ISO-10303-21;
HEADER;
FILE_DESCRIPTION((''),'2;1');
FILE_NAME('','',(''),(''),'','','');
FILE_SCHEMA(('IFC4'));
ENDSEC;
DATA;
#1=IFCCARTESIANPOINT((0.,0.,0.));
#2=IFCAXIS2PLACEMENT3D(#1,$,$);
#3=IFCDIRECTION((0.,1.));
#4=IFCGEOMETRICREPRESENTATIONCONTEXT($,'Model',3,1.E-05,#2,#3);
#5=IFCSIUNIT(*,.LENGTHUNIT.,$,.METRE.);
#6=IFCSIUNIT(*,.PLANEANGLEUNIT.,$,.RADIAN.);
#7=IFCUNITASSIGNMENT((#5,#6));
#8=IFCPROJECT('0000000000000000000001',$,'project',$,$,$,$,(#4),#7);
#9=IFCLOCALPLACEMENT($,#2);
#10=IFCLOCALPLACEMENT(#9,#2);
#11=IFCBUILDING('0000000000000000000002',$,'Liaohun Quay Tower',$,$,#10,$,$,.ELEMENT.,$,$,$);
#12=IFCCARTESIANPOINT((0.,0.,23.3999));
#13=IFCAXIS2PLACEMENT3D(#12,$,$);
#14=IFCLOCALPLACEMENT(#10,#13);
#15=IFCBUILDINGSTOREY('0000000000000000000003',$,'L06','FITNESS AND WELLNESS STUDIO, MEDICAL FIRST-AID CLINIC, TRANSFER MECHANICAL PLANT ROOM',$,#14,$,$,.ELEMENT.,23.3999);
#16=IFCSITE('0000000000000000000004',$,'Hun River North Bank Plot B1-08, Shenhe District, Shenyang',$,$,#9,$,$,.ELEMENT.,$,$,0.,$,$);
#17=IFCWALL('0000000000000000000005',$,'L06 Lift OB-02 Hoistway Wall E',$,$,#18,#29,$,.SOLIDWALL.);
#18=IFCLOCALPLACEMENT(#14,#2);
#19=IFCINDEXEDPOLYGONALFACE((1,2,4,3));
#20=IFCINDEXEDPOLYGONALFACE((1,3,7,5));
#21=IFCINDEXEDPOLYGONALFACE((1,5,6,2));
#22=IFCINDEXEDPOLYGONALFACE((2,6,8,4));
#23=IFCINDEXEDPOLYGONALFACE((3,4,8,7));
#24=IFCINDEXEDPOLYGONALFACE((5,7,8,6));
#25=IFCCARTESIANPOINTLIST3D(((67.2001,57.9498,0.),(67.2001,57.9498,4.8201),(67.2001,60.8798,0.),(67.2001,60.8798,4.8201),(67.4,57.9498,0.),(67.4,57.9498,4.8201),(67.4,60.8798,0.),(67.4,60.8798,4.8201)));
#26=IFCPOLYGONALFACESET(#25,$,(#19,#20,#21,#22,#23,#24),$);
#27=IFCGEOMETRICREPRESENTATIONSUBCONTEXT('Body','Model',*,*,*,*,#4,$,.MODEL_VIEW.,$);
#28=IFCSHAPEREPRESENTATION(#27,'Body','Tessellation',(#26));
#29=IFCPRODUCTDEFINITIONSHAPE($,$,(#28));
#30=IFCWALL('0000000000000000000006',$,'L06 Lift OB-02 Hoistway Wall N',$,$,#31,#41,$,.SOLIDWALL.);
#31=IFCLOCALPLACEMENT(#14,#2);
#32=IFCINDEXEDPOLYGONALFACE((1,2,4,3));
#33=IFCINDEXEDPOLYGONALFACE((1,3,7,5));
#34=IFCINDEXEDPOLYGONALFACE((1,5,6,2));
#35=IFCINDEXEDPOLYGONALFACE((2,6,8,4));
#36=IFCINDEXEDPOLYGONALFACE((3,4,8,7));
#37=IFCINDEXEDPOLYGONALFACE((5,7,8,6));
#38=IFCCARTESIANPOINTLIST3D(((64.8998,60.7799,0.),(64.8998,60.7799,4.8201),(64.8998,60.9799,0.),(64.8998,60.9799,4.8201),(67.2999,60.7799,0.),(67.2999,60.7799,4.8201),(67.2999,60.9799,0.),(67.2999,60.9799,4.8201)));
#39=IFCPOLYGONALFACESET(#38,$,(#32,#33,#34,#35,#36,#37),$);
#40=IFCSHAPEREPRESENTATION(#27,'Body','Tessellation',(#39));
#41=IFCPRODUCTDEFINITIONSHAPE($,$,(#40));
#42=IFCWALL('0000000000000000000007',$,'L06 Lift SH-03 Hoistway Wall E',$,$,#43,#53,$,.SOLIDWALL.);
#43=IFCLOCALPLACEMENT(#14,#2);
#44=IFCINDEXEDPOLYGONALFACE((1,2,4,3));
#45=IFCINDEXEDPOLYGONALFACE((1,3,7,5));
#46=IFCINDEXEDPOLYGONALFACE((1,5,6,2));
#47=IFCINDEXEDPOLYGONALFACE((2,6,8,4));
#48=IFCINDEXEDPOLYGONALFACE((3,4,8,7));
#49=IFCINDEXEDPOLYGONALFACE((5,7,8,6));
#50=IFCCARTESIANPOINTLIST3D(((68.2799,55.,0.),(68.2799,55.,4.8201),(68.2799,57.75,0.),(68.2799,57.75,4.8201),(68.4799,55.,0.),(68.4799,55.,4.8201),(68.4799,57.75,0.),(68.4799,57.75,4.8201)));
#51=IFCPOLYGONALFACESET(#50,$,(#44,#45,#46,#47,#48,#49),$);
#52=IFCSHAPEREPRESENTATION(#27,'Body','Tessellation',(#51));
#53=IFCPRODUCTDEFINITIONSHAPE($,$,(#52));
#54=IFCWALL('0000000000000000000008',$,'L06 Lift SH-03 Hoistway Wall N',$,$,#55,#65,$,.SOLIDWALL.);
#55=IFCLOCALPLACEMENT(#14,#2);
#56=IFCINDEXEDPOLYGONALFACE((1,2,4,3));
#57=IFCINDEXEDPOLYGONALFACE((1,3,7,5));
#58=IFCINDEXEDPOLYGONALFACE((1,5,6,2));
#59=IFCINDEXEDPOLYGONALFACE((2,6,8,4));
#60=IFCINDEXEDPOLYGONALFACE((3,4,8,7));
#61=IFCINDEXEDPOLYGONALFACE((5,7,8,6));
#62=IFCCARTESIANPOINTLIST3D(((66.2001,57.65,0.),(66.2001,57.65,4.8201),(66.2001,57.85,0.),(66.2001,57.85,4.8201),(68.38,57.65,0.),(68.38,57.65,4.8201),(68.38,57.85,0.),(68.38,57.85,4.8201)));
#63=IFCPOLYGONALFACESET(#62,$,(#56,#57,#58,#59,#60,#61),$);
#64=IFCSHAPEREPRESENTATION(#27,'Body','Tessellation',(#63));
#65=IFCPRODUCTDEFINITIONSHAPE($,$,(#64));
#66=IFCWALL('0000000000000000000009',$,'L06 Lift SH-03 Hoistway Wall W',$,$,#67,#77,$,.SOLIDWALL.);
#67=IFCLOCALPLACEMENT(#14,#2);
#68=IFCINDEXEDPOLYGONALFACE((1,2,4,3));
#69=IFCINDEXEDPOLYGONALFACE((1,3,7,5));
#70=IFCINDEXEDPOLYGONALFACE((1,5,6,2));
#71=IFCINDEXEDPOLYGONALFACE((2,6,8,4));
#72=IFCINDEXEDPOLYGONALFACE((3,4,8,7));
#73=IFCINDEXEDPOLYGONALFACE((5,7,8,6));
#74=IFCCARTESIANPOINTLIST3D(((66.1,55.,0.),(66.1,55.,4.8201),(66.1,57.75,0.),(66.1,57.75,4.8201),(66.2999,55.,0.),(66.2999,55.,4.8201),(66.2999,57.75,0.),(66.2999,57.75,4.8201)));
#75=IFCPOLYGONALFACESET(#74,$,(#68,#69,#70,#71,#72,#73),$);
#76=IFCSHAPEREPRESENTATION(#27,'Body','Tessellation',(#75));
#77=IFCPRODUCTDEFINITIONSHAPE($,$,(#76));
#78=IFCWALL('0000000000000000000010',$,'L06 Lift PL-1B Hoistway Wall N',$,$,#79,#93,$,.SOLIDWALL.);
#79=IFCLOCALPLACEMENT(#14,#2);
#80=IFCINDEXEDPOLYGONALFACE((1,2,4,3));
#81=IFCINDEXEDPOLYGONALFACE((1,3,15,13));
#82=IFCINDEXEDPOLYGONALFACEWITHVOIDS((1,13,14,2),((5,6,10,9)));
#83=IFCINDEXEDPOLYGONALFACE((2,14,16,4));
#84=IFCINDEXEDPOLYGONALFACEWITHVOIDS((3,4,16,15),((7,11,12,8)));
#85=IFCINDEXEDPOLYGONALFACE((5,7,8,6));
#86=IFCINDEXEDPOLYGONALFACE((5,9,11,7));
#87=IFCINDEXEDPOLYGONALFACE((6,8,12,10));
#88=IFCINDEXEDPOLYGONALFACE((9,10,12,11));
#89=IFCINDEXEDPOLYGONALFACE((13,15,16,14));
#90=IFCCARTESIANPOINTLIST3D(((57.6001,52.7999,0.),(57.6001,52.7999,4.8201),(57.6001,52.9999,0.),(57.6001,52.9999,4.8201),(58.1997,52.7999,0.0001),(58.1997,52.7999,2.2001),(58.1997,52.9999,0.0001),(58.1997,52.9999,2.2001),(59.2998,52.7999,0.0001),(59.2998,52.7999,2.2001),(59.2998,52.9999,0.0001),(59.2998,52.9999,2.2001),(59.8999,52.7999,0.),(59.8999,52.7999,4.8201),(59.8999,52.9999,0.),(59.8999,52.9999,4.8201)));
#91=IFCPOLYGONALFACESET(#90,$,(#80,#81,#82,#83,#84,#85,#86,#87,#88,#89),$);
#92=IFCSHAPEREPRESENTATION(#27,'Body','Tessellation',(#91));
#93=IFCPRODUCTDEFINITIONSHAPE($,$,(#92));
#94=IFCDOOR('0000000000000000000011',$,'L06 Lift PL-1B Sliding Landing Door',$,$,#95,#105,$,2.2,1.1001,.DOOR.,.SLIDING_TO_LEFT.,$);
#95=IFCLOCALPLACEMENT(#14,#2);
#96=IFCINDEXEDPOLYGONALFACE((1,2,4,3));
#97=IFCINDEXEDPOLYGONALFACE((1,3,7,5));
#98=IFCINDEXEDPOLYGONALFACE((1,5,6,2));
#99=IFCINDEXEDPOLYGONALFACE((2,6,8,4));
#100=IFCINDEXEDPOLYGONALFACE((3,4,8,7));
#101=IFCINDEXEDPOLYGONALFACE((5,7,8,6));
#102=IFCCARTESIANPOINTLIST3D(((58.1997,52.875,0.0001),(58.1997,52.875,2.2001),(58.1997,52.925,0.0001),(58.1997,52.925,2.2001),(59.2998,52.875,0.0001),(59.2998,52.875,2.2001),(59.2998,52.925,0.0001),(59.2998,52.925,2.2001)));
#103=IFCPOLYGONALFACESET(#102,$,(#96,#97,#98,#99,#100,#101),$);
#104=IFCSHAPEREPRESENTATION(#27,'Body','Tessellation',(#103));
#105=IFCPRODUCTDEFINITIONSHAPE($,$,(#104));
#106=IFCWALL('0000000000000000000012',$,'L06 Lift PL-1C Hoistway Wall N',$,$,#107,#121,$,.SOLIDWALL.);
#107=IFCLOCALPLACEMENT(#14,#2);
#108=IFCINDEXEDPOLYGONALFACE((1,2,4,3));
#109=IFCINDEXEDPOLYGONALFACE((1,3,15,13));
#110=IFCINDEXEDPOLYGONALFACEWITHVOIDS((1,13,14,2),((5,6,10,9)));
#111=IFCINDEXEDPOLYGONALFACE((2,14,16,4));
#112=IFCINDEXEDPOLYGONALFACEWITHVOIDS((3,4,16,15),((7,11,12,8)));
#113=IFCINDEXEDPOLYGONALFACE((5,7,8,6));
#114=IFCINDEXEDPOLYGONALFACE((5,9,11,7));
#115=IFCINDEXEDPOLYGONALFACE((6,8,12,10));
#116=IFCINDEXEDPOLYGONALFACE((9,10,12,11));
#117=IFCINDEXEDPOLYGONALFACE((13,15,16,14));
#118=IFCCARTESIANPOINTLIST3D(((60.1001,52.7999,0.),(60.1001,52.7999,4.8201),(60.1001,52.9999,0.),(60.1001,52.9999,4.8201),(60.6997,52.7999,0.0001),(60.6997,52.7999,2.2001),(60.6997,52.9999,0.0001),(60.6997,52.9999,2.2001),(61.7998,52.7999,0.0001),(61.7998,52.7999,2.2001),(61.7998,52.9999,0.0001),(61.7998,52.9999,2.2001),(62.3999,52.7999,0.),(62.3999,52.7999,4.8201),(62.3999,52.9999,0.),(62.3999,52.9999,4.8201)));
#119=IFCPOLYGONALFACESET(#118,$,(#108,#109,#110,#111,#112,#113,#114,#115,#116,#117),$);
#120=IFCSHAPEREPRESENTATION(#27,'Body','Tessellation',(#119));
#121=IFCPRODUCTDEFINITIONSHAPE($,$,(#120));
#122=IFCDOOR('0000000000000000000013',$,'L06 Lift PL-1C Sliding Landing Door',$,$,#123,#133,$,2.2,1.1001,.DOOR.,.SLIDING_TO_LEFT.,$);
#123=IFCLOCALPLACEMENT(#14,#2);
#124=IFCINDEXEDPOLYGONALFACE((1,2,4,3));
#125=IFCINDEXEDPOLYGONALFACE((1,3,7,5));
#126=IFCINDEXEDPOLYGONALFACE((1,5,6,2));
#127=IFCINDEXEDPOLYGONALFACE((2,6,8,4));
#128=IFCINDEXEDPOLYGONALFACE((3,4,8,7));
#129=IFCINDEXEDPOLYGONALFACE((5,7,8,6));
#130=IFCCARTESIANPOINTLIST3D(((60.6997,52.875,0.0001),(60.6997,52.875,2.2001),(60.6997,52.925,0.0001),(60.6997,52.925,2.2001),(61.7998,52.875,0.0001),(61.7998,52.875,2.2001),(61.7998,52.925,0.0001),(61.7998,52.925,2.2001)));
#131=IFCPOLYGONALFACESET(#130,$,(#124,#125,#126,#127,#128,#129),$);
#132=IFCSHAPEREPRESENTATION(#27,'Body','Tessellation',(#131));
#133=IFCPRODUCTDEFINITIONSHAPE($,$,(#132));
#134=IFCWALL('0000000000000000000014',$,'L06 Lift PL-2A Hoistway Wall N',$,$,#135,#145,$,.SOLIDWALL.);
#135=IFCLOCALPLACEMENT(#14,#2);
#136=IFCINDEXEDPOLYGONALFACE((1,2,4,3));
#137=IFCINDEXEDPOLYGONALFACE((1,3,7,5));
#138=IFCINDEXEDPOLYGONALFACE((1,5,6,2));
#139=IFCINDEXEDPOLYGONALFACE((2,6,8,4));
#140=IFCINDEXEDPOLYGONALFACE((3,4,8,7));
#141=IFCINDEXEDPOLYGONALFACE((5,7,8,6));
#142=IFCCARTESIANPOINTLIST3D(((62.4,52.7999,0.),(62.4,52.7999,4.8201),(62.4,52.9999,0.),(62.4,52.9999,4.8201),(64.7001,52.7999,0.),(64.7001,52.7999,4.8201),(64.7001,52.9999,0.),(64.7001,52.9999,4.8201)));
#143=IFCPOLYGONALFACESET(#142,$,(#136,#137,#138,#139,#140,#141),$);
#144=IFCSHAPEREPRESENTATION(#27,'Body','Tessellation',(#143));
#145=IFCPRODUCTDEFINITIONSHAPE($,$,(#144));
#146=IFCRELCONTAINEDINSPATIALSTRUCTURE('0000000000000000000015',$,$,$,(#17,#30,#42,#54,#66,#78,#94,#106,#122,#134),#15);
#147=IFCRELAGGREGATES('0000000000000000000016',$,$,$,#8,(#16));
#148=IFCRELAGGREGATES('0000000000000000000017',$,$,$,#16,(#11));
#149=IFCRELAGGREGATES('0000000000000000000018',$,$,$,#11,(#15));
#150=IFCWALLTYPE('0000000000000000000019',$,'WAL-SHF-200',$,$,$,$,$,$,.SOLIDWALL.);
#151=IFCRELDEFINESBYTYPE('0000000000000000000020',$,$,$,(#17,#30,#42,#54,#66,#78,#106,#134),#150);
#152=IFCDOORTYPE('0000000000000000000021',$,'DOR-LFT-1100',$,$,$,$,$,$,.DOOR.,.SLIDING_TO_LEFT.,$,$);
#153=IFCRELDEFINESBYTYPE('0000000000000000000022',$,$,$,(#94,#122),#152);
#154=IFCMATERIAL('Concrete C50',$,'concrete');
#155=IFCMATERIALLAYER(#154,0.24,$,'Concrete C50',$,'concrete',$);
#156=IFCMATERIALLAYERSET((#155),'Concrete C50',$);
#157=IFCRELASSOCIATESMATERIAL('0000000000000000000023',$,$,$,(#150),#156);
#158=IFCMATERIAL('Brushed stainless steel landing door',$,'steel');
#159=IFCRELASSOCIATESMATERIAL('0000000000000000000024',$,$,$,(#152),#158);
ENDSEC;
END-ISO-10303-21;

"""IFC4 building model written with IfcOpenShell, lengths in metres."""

from ifc_helpers import new_model, si_unit, direction, frame, frame_2d, origin, place, context, subcontext, project, spatial, rectangle, extrude, source, transform, mapped, material, layer, layer_set, type_object, element, fill, save


model = new_model("IFC4")

# Units and contexts
model_context = context("Model", 3, precision=1e-05, world=origin(), true_north=direction((0.0, 1.0)))
body_context = subcontext(model_context, "Body", "Model", "MODEL_VIEW")
ifc_project = project(units=[si_unit("LENGTHUNIT", "METRE"), si_unit("PLANEANGLEUNIT", "RADIAN")], contexts=[model_context])

# Site, building, storey
site_placement = place(None, origin())
site = spatial("IfcSite", under=ifc_project, at=site_placement, Name="Hun River North Bank Plot B1-08, Shenhe District, Shenyang", CompositionType="ELEMENT", RefElevation=0.0)
building_placement = place(site_placement, origin())
building = spatial("IfcBuilding", under=site, at=building_placement, Name="Liaohun Quay Tower", CompositionType="ELEMENT")
storey_placement = place(building_placement, frame((0.0, 0.0, 23.3999)))
storey = spatial("IfcBuildingStorey", under=building, at=storey_placement, Name="L06", Description="FITNESS AND WELLNESS STUDIO, MEDICAL FIRST-AID CLINIC, TRANSFER MECHANICAL PLANT ROOM", CompositionType="ELEMENT", Elevation=23.3999)

# Walls
ifc_material_1 = material(Name="Concrete C50", Category="concrete")
ifc_layer_1 = layer(ifc_material_1, 0.24, Name="Concrete C50", Category="concrete")
ifc_layer_set_1 = layer_set([ifc_layer_1], Name="Concrete C50")
wall_type_1 = type_object("IfcWallType", Name="WAL-SHF-200", PredefinedType="SOLIDWALL", material=ifc_layer_set_1)
wall_1_placement = place(storey_placement, frame((67.3, 57.95, 0.0), z_axis=(0.0, 0.0, 1.0), x_axis=(0.0, 1.0, 0.0)))
element("IfcWall", 1, at=wall_1_placement, inside=storey, type_object=wall_type_1, Name="L06 Lift OB-02 Hoistway Wall E", PredefinedType="SOLIDWALL", context=body_context, shape_type="SweptSolid", body=[
    extrude(rectangle(XDim=2.9299, YDim=0.2, at=frame_2d((1.4648, 0.0))), origin(), (0.0, 0.0, 1.0), 4.8201),
])
wall_2_placement = place(storey_placement, frame((67.3, 60.8799, 0.0), z_axis=(0.0, 0.0, 1.0), x_axis=(-1.0, 0.0, 0.0)))
element("IfcWall", 2, at=wall_2_placement, inside=storey, type_object=wall_type_1, Name="L06 Lift OB-02 Hoistway Wall N", PredefinedType="SOLIDWALL", context=body_context, shape_type="SweptSolid", body=[
    extrude(rectangle(XDim=2.4001, YDim=0.2, at=frame_2d((1.2002, 0.0))), origin(), (0.0, 0.0, 1.0), 4.8201),
])
wall_3_placement = place(storey_placement, frame((68.3799, 55.0, 0.0), z_axis=(0.0, 0.0, 1.0), x_axis=(0.0, 1.0, 0.0)))
element("IfcWall", 3, at=wall_3_placement, inside=storey, type_object=wall_type_1, Name="L06 Lift SH-03 Hoistway Wall E", PredefinedType="SOLIDWALL", context=body_context, shape_type="SweptSolid", body=[
    extrude(rectangle(XDim=2.75, YDim=0.2, at=frame_2d((1.375, 0.0))), origin(), (0.0, 0.0, 1.0), 4.8201),
])
wall_4_placement = place(storey_placement, frame((68.3799, 57.75, 0.0), z_axis=(0.0, 0.0, 1.0), x_axis=(-1.0, 0.0, 0.0)))
element("IfcWall", 4, at=wall_4_placement, inside=storey, type_object=wall_type_1, Name="L06 Lift SH-03 Hoistway Wall N", PredefinedType="SOLIDWALL", context=body_context, shape_type="SweptSolid", body=[
    extrude(rectangle(XDim=2.1799, YDim=0.2, at=frame_2d((1.0898, 0.0))), origin(), (0.0, 0.0, 1.0), 4.8201),
])
wall_5_placement = place(storey_placement, frame((66.2, 57.75, 0.0), z_axis=(0.0, 0.0, 1.0), x_axis=(0.0, -1.0, 0.0)))
element("IfcWall", 5, at=wall_5_placement, inside=storey, type_object=wall_type_1, Name="L06 Lift SH-03 Hoistway Wall W", PredefinedType="SOLIDWALL", context=body_context, shape_type="SweptSolid", body=[
    extrude(rectangle(XDim=2.75, YDim=0.2, at=frame_2d((1.375, 0.0))), origin(), (0.0, 0.0, 1.0), 4.8201),
])

# Walls, openings, doors
wall_6_placement = place(storey_placement, frame((59.8999, 52.8999, 0.0), z_axis=(0.0, 0.0, 1.0), x_axis=(-1.0, 0.0, 0.0)))
wall_6 = element("IfcWall", 6, at=wall_6_placement, inside=storey, type_object=wall_type_1, Name="L06 Lift PL-1B Hoistway Wall N", PredefinedType="SOLIDWALL", context=body_context, shape_type="SweptSolid", body=[
    extrude(rectangle(XDim=2.2998, YDim=0.2, at=frame_2d((1.1499, 0.0))), origin(), (0.0, 0.0, 1.0), 4.8201),
])
shared_shape_1 = source(origin(), body_context, "Body", "SweptSolid", [
    extrude(rectangle(XDim=1.1001, YDim=2.2, at=frame_2d((0.55, 1.1001))), frame((0.0, 0.1099, 0.0), z_axis=(0.0, -1.0, 0.0), x_axis=(1.0, 0.0, 0.0)), (0.0, 0.0, 1.0), 0.22),
])
opening_1_placement = place(wall_6_placement, frame((0.6001, 0.0, 0.0)))
opening_1 = element("IfcOpeningElement", 7, at=opening_1_placement, cuts=wall_6, PredefinedType="OPENING", context=body_context, shape_type="MappedRepresentation", body=[
    mapped(shared_shape_1, transform((0.0, 0.0, 0.0), x_axis=(1.0, 0.0, 0.0), y_axis=(0.0, 1.0, 0.0), z_axis=(0.0, 0.0, 1.0), scale=1.0)),
])
ifc_material_2 = material(Name="Brushed stainless steel landing door", Category="steel")
door_type_1 = type_object("IfcDoorType", Name="DOR-LFT-1100", OperationType="SLIDING_TO_LEFT", PredefinedType="DOOR", material=ifc_material_2)
shared_shape_2 = source(origin(), body_context, "Body", "SweptSolid", [
    extrude(rectangle(XDim=1.1001, YDim=2.2, at=frame_2d((0.55, 1.1001))), frame((0.0, 0.0249, 0.0), z_axis=(0.0, -1.0, 0.0), x_axis=(1.0, 0.0, 0.0)), (0.0, 0.0, 1.0), 0.05),
])
door_1_placement = place(opening_1_placement, origin())
door_1 = element("IfcDoor", 8, at=door_1_placement, inside=storey, type_object=door_type_1, Name="L06 Lift PL-1B Sliding Landing Door", OperationType="SLIDING_TO_LEFT", OverallHeight=2.2, OverallWidth=1.1001, PredefinedType="DOOR", context=body_context, shape_type="MappedRepresentation", body=[
    mapped(shared_shape_2, transform((0.0, 0.0, 0.0), x_axis=(1.0, 0.0, 0.0), y_axis=(0.0, 1.0, 0.0), z_axis=(0.0, 0.0, 1.0), scale=1.0)),
])
fill(opening_1, door_1)
wall_7_placement = place(storey_placement, frame((62.3999, 52.8999, 0.0), z_axis=(0.0, 0.0, 1.0), x_axis=(-1.0, 0.0, 0.0)))
wall_7 = element("IfcWall", 9, at=wall_7_placement, inside=storey, type_object=wall_type_1, Name="L06 Lift PL-1C Hoistway Wall N", PredefinedType="SOLIDWALL", context=body_context, shape_type="SweptSolid", body=[
    extrude(rectangle(XDim=2.2998, YDim=0.2, at=frame_2d((1.1499, 0.0))), origin(), (0.0, 0.0, 1.0), 4.8201),
])
opening_2_placement = place(wall_7_placement, frame((0.6001, 0.0, 0.0)))
opening_2 = element("IfcOpeningElement", 10, at=opening_2_placement, cuts=wall_7, PredefinedType="OPENING", context=body_context, shape_type="MappedRepresentation", body=[
    mapped(shared_shape_1, transform((0.0, 0.0, 0.0), x_axis=(1.0, 0.0, 0.0), y_axis=(0.0, 1.0, 0.0), z_axis=(0.0, 0.0, 1.0), scale=1.0)),
])
door_2_placement = place(opening_2_placement, origin())
door_2 = element("IfcDoor", 11, at=door_2_placement, inside=storey, type_object=door_type_1, Name="L06 Lift PL-1C Sliding Landing Door", OperationType="SLIDING_TO_LEFT", OverallHeight=2.2, OverallWidth=1.1001, PredefinedType="DOOR", context=body_context, shape_type="MappedRepresentation", body=[
    mapped(shared_shape_2, transform((0.0, 0.0, 0.0), x_axis=(1.0, 0.0, 0.0), y_axis=(0.0, 1.0, 0.0), z_axis=(0.0, 0.0, 1.0), scale=1.0)),
])
fill(opening_2, door_2)

# Wall
wall_8_placement = place(storey_placement, frame((64.7, 52.8999, 0.0), z_axis=(0.0, 0.0, 1.0), x_axis=(-1.0, 0.0, 0.0)))
element("IfcWall", 12, at=wall_8_placement, inside=storey, type_object=wall_type_1, Name="L06 Lift PL-2A Hoistway Wall N", PredefinedType="SOLIDWALL", context=body_context, shape_type="SweptSolid", body=[
    extrude(rectangle(XDim=2.3, YDim=0.2, at=frame_2d((1.1499, 0.0))), origin(), (0.0, 0.0, 1.0), 4.8201),
])

save(model, "model.ifc")
